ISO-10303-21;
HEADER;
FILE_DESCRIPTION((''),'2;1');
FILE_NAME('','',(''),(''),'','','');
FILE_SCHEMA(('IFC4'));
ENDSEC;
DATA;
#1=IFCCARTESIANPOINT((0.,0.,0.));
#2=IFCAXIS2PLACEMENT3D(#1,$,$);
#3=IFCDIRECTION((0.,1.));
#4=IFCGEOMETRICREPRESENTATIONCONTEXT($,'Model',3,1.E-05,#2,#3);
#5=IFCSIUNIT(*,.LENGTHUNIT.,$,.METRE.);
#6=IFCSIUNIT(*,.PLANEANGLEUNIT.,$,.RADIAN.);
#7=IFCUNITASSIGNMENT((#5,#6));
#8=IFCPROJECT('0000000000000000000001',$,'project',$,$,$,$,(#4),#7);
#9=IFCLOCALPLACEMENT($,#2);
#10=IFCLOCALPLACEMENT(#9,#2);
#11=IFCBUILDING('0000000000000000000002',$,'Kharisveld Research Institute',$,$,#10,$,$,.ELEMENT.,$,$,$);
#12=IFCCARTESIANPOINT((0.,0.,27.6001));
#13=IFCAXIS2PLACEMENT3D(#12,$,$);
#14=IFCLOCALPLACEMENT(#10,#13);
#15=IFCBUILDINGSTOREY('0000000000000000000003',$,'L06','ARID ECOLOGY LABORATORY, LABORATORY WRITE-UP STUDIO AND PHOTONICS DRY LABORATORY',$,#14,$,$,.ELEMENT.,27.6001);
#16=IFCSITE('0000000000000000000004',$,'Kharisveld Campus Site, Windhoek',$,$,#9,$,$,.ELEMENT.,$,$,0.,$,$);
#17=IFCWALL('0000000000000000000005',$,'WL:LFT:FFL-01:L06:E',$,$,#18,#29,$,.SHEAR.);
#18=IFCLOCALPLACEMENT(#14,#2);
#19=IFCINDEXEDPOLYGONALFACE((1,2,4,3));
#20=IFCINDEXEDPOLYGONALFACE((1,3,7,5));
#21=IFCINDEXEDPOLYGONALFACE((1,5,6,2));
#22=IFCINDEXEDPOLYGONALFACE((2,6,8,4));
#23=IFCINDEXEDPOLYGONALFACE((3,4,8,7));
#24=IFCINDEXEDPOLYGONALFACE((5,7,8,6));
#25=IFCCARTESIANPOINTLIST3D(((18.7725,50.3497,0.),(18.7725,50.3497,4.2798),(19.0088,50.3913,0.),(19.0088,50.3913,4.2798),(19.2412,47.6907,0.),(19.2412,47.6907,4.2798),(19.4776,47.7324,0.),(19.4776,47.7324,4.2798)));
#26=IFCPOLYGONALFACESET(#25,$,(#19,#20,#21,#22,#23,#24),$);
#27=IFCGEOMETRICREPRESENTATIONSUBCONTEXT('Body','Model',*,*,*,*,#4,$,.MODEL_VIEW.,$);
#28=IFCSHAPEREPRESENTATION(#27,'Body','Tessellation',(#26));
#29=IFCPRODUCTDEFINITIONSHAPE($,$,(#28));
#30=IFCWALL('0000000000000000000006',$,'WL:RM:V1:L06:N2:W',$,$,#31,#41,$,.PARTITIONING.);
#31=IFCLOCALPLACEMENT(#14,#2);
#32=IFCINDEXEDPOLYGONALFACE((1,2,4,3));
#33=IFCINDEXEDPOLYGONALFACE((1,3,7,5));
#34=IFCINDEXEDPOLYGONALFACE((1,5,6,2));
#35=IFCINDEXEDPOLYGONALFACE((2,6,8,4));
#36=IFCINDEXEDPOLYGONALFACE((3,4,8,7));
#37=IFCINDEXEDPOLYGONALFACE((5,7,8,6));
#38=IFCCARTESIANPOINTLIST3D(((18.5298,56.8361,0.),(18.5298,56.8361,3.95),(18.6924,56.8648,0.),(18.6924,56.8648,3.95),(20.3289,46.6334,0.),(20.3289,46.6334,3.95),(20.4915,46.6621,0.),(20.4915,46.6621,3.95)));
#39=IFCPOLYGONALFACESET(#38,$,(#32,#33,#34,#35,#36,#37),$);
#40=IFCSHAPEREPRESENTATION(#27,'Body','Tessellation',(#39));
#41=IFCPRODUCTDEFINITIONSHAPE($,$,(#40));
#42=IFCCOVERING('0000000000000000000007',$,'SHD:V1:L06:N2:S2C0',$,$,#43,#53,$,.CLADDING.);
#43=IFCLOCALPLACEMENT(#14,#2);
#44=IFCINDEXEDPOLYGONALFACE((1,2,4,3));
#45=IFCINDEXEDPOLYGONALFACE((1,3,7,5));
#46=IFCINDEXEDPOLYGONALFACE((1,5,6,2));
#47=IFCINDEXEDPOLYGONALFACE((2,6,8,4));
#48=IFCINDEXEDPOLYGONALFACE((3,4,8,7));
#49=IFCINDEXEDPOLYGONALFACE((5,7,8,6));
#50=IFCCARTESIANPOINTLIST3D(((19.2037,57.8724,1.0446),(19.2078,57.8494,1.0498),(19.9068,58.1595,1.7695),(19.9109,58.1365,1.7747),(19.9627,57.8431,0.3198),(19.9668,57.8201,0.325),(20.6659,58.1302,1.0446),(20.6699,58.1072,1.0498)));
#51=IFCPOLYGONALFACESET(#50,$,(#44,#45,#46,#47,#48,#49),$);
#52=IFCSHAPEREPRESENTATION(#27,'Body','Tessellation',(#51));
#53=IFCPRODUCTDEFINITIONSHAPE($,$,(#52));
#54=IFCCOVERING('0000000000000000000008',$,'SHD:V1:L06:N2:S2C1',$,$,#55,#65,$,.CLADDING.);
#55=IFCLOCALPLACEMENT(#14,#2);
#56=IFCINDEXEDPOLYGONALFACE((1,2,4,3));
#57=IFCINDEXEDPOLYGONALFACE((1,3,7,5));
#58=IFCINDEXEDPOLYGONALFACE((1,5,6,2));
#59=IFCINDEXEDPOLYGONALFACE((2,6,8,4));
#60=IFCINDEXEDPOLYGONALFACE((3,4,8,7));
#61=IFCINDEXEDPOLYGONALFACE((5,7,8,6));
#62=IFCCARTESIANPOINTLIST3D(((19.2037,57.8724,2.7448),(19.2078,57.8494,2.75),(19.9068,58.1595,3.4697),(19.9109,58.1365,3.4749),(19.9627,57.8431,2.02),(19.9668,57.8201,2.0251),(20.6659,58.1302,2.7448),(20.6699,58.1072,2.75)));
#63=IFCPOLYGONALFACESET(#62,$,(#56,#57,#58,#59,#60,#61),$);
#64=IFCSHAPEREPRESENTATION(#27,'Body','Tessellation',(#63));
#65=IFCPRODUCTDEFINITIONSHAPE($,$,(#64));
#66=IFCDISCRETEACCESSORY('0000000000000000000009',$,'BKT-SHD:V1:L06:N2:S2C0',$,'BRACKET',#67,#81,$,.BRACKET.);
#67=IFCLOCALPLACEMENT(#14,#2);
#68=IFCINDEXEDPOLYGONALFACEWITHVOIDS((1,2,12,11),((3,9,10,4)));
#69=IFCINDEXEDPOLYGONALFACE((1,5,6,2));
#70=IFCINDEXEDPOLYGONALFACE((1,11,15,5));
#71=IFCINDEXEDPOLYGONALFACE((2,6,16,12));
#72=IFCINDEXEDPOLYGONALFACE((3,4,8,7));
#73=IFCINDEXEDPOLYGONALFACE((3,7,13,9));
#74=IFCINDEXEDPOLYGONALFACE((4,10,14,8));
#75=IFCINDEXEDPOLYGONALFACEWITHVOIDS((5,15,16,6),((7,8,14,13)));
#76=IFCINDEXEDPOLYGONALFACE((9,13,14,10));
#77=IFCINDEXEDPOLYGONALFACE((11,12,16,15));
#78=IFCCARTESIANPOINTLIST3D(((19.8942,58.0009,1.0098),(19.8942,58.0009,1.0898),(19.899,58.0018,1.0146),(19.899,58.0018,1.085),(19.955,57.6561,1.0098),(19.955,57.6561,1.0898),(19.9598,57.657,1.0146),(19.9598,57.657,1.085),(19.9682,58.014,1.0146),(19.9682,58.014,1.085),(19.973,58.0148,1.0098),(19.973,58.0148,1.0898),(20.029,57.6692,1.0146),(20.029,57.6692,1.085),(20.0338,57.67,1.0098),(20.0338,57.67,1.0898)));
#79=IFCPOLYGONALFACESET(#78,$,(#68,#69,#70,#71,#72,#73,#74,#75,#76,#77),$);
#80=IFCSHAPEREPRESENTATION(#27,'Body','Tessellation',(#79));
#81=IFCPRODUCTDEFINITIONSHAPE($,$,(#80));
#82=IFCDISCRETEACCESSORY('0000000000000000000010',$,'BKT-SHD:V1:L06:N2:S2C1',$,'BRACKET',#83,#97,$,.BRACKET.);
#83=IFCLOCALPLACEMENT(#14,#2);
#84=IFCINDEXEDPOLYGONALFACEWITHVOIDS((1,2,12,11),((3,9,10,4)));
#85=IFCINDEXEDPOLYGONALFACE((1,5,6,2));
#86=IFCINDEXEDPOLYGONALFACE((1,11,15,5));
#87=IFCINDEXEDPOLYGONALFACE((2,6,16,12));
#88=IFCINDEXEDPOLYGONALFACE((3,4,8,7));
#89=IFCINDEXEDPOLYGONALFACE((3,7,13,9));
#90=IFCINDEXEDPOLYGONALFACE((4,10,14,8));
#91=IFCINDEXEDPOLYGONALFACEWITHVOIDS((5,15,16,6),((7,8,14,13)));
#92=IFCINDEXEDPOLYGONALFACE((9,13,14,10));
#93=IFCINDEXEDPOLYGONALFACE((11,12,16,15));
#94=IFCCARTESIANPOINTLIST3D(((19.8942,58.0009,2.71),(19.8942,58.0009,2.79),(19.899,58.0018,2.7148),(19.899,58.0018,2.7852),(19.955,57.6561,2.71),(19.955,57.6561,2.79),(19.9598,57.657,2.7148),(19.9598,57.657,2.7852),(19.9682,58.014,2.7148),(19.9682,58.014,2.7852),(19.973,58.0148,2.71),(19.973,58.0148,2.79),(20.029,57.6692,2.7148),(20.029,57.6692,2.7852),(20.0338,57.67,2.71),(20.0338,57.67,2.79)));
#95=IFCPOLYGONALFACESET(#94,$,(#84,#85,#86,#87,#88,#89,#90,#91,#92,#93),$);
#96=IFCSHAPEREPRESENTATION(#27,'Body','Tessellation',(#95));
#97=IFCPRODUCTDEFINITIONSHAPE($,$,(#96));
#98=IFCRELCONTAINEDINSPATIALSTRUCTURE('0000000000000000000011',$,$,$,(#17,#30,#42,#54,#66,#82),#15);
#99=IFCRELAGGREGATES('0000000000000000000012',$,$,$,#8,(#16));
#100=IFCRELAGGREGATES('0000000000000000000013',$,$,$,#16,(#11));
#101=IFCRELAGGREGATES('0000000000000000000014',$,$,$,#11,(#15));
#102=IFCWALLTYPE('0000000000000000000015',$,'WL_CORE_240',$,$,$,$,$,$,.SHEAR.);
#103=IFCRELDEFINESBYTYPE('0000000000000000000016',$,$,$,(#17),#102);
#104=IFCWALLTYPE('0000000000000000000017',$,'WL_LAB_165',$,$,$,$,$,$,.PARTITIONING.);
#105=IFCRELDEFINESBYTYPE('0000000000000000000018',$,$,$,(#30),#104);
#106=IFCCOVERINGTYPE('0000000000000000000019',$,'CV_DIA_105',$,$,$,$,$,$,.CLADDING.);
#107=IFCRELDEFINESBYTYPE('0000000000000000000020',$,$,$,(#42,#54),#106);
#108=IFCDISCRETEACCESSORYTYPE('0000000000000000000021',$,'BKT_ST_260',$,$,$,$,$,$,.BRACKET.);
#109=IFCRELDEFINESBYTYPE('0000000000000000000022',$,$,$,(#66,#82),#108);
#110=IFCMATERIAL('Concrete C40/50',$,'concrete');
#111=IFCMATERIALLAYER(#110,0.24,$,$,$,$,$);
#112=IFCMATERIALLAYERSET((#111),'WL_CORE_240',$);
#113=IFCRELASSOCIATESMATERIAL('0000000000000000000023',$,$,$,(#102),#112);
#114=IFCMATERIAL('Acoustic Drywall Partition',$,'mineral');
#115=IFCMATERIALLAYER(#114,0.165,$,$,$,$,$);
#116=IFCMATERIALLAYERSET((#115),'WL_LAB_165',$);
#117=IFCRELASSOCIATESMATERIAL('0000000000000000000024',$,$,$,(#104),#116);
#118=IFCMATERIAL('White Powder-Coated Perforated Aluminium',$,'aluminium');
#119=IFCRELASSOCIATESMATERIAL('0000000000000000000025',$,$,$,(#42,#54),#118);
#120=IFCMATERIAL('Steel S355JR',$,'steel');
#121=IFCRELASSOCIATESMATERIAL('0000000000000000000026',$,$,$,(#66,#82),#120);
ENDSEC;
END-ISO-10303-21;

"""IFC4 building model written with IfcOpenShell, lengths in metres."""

from ifc_helpers import new_model, si_unit, direction, frame, frame_2d, origin, origin_2d, place, context, subcontext, project, spatial, polyline, rectangle, hollow_rectangle, outline, extrude, material, layer, layer_set, type_object, element, save


model = new_model("IFC4")

# Units and contexts
model_context = context("Model", 3, precision=1e-05, world=origin(), true_north=direction((0.0, 1.0)))
body_context = subcontext(model_context, "Body", "Model", "MODEL_VIEW")
ifc_project = project(units=[si_unit("LENGTHUNIT", "METRE"), si_unit("PLANEANGLEUNIT", "RADIAN")], contexts=[model_context])

# Site, building, storey
site_placement = place(None, origin())
site = spatial("IfcSite", under=ifc_project, at=site_placement, Name="Kharisveld Campus Site, Windhoek", CompositionType="ELEMENT", RefElevation=0.0)
building_placement = place(site_placement, origin())
building = spatial("IfcBuilding", under=site, at=building_placement, Name="Kharisveld Research Institute", CompositionType="ELEMENT")
storey_placement = place(building_placement, frame((0.0, 0.0, 27.6001)))
storey = spatial("IfcBuildingStorey", under=building, at=storey_placement, Name="L06", Description="ARID ECOLOGY LABORATORY, LABORATORY WRITE-UP STUDIO AND PHOTONICS DRY LABORATORY", CompositionType="ELEMENT", Elevation=27.6001)

# Walls
ifc_material_1 = material(Name="Concrete C40/50", Category="concrete")
ifc_layer_1 = layer(ifc_material_1, 0.24)
ifc_layer_set_1 = layer_set([ifc_layer_1], Name="WL_CORE_240")
wall_type_1 = type_object("IfcWallType", Name="WL_CORE_240", PredefinedType="SHEAR", material=ifc_layer_set_1)
wall_1_placement = place(storey_placement, frame((18.8906, 50.3706, 0.0), z_axis=(0.0, 0.0, 1.0), x_axis=(0.173615, -0.984814, 0.0)))
element("IfcWall", 1, at=wall_1_placement, inside=storey, type_object=wall_type_1, Name="WL:LFT:FFL-01:L06:E", PredefinedType="SHEAR", context=body_context, shape_type="SweptSolid", body=[
    extrude(rectangle(XDim=2.7, YDim=0.24, at=frame_2d((1.3501, 0.0))), origin(), (0.0, 0.0, 1.0), 4.2798),
])
ifc_material_2 = material(Name="Acoustic Drywall Partition", Category="mineral")
ifc_layer_2 = layer(ifc_material_2, 0.165)
ifc_layer_set_2 = layer_set([ifc_layer_2], Name="WL_LAB_165")
wall_type_2 = type_object("IfcWallType", Name="WL_LAB_165", PredefinedType="PARTITIONING", material=ifc_layer_set_2)
wall_2_placement = place(storey_placement, frame((18.6111, 56.8506, 0.0), z_axis=(0.0, 0.0, 1.0), x_axis=(0.173655, -0.984807, 0.0)))
element("IfcWall", 2, at=wall_2_placement, inside=storey, type_object=wall_type_2, Name="WL:RM:V1:L06:N2:W", PredefinedType="PARTITIONING", context=body_context, shape_type="SweptSolid", body=[
    extrude(rectangle(XDim=10.3601, YDim=0.165, at=frame_2d((5.1802, 0.0))), origin(), (0.0, 0.0, 1.0), 3.95),
])

# Coverings
ifc_material_3 = material(Name="White Powder-Coated Perforated Aluminium", Category="aluminium")
covering_type = type_object("IfcCoveringType", Name="CV_DIA_105", PredefinedType="CLADDING")
for number, where, z_axis, x_axis, name in (
    (3, (19.9668, 57.8201, 0.325), (0.169531, -0.961476, 0.216385), (0.669725, 0.273471, 0.690421), "SHD:V1:L06:N2:S2C0"),
    (4, (19.9668, 57.8201, 2.0251), (0.169531, -0.961476, 0.216385), (0.669725, 0.273471, 0.690421), "SHD:V1:L06:N2:S2C1"),
):
    element("IfcCovering", number, at=place(storey_placement, frame(where, z_axis=z_axis, x_axis=x_axis)), inside=storey, type_object=covering_type, material=ifc_material_3, Name=name, PredefinedType="CLADDING", context=body_context, shape_type="SweptSolid", body=[
        extrude(outline(polyline([(0.0, 0.0), (1.0499, 0.0), (1.05, 1.05), (0.0001, 1.05), (0.0, 0.0)])), origin(), (0.0, 0.0, -1.0), 0.0239),
    ])

# Discrete accessories
ifc_material_4 = material(Name="Steel S355JR", Category="steel")
discrete_accessory_type = type_object("IfcDiscreteAccessoryType", Name="BKT_ST_260", PredefinedType="BRACKET")
for number, where, z_axis, x_axis, name in (
    (5, (19.9944, 57.6631, 1.0498), (-0.173666, 0.984805, 0.0), (-0.984805, -0.173666, 0.0), "BKT-SHD:V1:L06:N2:S2C0"),
    (6, (19.9944, 57.6631, 2.75), (-0.173666, 0.984805, 0.0), (-0.984805, -0.173666, 0.0), "BKT-SHD:V1:L06:N2:S2C1"),
):
    element("IfcDiscreteAccessory", number, at=place(storey_placement, frame(where, z_axis=z_axis, x_axis=x_axis)), inside=storey, type_object=discrete_accessory_type, material=ifc_material_4, Name=name, ObjectType="BRACKET", PredefinedType="BRACKET", context=body_context, shape_type="SweptSolid", body=[
        extrude(hollow_rectangle(XDim=0.0801, YDim=0.0801, WallThickness=0.0049, at=origin_2d()), origin(), (0.0, 0.0, 1.0), 0.3501),
    ])

save(model, "model.ifc")
